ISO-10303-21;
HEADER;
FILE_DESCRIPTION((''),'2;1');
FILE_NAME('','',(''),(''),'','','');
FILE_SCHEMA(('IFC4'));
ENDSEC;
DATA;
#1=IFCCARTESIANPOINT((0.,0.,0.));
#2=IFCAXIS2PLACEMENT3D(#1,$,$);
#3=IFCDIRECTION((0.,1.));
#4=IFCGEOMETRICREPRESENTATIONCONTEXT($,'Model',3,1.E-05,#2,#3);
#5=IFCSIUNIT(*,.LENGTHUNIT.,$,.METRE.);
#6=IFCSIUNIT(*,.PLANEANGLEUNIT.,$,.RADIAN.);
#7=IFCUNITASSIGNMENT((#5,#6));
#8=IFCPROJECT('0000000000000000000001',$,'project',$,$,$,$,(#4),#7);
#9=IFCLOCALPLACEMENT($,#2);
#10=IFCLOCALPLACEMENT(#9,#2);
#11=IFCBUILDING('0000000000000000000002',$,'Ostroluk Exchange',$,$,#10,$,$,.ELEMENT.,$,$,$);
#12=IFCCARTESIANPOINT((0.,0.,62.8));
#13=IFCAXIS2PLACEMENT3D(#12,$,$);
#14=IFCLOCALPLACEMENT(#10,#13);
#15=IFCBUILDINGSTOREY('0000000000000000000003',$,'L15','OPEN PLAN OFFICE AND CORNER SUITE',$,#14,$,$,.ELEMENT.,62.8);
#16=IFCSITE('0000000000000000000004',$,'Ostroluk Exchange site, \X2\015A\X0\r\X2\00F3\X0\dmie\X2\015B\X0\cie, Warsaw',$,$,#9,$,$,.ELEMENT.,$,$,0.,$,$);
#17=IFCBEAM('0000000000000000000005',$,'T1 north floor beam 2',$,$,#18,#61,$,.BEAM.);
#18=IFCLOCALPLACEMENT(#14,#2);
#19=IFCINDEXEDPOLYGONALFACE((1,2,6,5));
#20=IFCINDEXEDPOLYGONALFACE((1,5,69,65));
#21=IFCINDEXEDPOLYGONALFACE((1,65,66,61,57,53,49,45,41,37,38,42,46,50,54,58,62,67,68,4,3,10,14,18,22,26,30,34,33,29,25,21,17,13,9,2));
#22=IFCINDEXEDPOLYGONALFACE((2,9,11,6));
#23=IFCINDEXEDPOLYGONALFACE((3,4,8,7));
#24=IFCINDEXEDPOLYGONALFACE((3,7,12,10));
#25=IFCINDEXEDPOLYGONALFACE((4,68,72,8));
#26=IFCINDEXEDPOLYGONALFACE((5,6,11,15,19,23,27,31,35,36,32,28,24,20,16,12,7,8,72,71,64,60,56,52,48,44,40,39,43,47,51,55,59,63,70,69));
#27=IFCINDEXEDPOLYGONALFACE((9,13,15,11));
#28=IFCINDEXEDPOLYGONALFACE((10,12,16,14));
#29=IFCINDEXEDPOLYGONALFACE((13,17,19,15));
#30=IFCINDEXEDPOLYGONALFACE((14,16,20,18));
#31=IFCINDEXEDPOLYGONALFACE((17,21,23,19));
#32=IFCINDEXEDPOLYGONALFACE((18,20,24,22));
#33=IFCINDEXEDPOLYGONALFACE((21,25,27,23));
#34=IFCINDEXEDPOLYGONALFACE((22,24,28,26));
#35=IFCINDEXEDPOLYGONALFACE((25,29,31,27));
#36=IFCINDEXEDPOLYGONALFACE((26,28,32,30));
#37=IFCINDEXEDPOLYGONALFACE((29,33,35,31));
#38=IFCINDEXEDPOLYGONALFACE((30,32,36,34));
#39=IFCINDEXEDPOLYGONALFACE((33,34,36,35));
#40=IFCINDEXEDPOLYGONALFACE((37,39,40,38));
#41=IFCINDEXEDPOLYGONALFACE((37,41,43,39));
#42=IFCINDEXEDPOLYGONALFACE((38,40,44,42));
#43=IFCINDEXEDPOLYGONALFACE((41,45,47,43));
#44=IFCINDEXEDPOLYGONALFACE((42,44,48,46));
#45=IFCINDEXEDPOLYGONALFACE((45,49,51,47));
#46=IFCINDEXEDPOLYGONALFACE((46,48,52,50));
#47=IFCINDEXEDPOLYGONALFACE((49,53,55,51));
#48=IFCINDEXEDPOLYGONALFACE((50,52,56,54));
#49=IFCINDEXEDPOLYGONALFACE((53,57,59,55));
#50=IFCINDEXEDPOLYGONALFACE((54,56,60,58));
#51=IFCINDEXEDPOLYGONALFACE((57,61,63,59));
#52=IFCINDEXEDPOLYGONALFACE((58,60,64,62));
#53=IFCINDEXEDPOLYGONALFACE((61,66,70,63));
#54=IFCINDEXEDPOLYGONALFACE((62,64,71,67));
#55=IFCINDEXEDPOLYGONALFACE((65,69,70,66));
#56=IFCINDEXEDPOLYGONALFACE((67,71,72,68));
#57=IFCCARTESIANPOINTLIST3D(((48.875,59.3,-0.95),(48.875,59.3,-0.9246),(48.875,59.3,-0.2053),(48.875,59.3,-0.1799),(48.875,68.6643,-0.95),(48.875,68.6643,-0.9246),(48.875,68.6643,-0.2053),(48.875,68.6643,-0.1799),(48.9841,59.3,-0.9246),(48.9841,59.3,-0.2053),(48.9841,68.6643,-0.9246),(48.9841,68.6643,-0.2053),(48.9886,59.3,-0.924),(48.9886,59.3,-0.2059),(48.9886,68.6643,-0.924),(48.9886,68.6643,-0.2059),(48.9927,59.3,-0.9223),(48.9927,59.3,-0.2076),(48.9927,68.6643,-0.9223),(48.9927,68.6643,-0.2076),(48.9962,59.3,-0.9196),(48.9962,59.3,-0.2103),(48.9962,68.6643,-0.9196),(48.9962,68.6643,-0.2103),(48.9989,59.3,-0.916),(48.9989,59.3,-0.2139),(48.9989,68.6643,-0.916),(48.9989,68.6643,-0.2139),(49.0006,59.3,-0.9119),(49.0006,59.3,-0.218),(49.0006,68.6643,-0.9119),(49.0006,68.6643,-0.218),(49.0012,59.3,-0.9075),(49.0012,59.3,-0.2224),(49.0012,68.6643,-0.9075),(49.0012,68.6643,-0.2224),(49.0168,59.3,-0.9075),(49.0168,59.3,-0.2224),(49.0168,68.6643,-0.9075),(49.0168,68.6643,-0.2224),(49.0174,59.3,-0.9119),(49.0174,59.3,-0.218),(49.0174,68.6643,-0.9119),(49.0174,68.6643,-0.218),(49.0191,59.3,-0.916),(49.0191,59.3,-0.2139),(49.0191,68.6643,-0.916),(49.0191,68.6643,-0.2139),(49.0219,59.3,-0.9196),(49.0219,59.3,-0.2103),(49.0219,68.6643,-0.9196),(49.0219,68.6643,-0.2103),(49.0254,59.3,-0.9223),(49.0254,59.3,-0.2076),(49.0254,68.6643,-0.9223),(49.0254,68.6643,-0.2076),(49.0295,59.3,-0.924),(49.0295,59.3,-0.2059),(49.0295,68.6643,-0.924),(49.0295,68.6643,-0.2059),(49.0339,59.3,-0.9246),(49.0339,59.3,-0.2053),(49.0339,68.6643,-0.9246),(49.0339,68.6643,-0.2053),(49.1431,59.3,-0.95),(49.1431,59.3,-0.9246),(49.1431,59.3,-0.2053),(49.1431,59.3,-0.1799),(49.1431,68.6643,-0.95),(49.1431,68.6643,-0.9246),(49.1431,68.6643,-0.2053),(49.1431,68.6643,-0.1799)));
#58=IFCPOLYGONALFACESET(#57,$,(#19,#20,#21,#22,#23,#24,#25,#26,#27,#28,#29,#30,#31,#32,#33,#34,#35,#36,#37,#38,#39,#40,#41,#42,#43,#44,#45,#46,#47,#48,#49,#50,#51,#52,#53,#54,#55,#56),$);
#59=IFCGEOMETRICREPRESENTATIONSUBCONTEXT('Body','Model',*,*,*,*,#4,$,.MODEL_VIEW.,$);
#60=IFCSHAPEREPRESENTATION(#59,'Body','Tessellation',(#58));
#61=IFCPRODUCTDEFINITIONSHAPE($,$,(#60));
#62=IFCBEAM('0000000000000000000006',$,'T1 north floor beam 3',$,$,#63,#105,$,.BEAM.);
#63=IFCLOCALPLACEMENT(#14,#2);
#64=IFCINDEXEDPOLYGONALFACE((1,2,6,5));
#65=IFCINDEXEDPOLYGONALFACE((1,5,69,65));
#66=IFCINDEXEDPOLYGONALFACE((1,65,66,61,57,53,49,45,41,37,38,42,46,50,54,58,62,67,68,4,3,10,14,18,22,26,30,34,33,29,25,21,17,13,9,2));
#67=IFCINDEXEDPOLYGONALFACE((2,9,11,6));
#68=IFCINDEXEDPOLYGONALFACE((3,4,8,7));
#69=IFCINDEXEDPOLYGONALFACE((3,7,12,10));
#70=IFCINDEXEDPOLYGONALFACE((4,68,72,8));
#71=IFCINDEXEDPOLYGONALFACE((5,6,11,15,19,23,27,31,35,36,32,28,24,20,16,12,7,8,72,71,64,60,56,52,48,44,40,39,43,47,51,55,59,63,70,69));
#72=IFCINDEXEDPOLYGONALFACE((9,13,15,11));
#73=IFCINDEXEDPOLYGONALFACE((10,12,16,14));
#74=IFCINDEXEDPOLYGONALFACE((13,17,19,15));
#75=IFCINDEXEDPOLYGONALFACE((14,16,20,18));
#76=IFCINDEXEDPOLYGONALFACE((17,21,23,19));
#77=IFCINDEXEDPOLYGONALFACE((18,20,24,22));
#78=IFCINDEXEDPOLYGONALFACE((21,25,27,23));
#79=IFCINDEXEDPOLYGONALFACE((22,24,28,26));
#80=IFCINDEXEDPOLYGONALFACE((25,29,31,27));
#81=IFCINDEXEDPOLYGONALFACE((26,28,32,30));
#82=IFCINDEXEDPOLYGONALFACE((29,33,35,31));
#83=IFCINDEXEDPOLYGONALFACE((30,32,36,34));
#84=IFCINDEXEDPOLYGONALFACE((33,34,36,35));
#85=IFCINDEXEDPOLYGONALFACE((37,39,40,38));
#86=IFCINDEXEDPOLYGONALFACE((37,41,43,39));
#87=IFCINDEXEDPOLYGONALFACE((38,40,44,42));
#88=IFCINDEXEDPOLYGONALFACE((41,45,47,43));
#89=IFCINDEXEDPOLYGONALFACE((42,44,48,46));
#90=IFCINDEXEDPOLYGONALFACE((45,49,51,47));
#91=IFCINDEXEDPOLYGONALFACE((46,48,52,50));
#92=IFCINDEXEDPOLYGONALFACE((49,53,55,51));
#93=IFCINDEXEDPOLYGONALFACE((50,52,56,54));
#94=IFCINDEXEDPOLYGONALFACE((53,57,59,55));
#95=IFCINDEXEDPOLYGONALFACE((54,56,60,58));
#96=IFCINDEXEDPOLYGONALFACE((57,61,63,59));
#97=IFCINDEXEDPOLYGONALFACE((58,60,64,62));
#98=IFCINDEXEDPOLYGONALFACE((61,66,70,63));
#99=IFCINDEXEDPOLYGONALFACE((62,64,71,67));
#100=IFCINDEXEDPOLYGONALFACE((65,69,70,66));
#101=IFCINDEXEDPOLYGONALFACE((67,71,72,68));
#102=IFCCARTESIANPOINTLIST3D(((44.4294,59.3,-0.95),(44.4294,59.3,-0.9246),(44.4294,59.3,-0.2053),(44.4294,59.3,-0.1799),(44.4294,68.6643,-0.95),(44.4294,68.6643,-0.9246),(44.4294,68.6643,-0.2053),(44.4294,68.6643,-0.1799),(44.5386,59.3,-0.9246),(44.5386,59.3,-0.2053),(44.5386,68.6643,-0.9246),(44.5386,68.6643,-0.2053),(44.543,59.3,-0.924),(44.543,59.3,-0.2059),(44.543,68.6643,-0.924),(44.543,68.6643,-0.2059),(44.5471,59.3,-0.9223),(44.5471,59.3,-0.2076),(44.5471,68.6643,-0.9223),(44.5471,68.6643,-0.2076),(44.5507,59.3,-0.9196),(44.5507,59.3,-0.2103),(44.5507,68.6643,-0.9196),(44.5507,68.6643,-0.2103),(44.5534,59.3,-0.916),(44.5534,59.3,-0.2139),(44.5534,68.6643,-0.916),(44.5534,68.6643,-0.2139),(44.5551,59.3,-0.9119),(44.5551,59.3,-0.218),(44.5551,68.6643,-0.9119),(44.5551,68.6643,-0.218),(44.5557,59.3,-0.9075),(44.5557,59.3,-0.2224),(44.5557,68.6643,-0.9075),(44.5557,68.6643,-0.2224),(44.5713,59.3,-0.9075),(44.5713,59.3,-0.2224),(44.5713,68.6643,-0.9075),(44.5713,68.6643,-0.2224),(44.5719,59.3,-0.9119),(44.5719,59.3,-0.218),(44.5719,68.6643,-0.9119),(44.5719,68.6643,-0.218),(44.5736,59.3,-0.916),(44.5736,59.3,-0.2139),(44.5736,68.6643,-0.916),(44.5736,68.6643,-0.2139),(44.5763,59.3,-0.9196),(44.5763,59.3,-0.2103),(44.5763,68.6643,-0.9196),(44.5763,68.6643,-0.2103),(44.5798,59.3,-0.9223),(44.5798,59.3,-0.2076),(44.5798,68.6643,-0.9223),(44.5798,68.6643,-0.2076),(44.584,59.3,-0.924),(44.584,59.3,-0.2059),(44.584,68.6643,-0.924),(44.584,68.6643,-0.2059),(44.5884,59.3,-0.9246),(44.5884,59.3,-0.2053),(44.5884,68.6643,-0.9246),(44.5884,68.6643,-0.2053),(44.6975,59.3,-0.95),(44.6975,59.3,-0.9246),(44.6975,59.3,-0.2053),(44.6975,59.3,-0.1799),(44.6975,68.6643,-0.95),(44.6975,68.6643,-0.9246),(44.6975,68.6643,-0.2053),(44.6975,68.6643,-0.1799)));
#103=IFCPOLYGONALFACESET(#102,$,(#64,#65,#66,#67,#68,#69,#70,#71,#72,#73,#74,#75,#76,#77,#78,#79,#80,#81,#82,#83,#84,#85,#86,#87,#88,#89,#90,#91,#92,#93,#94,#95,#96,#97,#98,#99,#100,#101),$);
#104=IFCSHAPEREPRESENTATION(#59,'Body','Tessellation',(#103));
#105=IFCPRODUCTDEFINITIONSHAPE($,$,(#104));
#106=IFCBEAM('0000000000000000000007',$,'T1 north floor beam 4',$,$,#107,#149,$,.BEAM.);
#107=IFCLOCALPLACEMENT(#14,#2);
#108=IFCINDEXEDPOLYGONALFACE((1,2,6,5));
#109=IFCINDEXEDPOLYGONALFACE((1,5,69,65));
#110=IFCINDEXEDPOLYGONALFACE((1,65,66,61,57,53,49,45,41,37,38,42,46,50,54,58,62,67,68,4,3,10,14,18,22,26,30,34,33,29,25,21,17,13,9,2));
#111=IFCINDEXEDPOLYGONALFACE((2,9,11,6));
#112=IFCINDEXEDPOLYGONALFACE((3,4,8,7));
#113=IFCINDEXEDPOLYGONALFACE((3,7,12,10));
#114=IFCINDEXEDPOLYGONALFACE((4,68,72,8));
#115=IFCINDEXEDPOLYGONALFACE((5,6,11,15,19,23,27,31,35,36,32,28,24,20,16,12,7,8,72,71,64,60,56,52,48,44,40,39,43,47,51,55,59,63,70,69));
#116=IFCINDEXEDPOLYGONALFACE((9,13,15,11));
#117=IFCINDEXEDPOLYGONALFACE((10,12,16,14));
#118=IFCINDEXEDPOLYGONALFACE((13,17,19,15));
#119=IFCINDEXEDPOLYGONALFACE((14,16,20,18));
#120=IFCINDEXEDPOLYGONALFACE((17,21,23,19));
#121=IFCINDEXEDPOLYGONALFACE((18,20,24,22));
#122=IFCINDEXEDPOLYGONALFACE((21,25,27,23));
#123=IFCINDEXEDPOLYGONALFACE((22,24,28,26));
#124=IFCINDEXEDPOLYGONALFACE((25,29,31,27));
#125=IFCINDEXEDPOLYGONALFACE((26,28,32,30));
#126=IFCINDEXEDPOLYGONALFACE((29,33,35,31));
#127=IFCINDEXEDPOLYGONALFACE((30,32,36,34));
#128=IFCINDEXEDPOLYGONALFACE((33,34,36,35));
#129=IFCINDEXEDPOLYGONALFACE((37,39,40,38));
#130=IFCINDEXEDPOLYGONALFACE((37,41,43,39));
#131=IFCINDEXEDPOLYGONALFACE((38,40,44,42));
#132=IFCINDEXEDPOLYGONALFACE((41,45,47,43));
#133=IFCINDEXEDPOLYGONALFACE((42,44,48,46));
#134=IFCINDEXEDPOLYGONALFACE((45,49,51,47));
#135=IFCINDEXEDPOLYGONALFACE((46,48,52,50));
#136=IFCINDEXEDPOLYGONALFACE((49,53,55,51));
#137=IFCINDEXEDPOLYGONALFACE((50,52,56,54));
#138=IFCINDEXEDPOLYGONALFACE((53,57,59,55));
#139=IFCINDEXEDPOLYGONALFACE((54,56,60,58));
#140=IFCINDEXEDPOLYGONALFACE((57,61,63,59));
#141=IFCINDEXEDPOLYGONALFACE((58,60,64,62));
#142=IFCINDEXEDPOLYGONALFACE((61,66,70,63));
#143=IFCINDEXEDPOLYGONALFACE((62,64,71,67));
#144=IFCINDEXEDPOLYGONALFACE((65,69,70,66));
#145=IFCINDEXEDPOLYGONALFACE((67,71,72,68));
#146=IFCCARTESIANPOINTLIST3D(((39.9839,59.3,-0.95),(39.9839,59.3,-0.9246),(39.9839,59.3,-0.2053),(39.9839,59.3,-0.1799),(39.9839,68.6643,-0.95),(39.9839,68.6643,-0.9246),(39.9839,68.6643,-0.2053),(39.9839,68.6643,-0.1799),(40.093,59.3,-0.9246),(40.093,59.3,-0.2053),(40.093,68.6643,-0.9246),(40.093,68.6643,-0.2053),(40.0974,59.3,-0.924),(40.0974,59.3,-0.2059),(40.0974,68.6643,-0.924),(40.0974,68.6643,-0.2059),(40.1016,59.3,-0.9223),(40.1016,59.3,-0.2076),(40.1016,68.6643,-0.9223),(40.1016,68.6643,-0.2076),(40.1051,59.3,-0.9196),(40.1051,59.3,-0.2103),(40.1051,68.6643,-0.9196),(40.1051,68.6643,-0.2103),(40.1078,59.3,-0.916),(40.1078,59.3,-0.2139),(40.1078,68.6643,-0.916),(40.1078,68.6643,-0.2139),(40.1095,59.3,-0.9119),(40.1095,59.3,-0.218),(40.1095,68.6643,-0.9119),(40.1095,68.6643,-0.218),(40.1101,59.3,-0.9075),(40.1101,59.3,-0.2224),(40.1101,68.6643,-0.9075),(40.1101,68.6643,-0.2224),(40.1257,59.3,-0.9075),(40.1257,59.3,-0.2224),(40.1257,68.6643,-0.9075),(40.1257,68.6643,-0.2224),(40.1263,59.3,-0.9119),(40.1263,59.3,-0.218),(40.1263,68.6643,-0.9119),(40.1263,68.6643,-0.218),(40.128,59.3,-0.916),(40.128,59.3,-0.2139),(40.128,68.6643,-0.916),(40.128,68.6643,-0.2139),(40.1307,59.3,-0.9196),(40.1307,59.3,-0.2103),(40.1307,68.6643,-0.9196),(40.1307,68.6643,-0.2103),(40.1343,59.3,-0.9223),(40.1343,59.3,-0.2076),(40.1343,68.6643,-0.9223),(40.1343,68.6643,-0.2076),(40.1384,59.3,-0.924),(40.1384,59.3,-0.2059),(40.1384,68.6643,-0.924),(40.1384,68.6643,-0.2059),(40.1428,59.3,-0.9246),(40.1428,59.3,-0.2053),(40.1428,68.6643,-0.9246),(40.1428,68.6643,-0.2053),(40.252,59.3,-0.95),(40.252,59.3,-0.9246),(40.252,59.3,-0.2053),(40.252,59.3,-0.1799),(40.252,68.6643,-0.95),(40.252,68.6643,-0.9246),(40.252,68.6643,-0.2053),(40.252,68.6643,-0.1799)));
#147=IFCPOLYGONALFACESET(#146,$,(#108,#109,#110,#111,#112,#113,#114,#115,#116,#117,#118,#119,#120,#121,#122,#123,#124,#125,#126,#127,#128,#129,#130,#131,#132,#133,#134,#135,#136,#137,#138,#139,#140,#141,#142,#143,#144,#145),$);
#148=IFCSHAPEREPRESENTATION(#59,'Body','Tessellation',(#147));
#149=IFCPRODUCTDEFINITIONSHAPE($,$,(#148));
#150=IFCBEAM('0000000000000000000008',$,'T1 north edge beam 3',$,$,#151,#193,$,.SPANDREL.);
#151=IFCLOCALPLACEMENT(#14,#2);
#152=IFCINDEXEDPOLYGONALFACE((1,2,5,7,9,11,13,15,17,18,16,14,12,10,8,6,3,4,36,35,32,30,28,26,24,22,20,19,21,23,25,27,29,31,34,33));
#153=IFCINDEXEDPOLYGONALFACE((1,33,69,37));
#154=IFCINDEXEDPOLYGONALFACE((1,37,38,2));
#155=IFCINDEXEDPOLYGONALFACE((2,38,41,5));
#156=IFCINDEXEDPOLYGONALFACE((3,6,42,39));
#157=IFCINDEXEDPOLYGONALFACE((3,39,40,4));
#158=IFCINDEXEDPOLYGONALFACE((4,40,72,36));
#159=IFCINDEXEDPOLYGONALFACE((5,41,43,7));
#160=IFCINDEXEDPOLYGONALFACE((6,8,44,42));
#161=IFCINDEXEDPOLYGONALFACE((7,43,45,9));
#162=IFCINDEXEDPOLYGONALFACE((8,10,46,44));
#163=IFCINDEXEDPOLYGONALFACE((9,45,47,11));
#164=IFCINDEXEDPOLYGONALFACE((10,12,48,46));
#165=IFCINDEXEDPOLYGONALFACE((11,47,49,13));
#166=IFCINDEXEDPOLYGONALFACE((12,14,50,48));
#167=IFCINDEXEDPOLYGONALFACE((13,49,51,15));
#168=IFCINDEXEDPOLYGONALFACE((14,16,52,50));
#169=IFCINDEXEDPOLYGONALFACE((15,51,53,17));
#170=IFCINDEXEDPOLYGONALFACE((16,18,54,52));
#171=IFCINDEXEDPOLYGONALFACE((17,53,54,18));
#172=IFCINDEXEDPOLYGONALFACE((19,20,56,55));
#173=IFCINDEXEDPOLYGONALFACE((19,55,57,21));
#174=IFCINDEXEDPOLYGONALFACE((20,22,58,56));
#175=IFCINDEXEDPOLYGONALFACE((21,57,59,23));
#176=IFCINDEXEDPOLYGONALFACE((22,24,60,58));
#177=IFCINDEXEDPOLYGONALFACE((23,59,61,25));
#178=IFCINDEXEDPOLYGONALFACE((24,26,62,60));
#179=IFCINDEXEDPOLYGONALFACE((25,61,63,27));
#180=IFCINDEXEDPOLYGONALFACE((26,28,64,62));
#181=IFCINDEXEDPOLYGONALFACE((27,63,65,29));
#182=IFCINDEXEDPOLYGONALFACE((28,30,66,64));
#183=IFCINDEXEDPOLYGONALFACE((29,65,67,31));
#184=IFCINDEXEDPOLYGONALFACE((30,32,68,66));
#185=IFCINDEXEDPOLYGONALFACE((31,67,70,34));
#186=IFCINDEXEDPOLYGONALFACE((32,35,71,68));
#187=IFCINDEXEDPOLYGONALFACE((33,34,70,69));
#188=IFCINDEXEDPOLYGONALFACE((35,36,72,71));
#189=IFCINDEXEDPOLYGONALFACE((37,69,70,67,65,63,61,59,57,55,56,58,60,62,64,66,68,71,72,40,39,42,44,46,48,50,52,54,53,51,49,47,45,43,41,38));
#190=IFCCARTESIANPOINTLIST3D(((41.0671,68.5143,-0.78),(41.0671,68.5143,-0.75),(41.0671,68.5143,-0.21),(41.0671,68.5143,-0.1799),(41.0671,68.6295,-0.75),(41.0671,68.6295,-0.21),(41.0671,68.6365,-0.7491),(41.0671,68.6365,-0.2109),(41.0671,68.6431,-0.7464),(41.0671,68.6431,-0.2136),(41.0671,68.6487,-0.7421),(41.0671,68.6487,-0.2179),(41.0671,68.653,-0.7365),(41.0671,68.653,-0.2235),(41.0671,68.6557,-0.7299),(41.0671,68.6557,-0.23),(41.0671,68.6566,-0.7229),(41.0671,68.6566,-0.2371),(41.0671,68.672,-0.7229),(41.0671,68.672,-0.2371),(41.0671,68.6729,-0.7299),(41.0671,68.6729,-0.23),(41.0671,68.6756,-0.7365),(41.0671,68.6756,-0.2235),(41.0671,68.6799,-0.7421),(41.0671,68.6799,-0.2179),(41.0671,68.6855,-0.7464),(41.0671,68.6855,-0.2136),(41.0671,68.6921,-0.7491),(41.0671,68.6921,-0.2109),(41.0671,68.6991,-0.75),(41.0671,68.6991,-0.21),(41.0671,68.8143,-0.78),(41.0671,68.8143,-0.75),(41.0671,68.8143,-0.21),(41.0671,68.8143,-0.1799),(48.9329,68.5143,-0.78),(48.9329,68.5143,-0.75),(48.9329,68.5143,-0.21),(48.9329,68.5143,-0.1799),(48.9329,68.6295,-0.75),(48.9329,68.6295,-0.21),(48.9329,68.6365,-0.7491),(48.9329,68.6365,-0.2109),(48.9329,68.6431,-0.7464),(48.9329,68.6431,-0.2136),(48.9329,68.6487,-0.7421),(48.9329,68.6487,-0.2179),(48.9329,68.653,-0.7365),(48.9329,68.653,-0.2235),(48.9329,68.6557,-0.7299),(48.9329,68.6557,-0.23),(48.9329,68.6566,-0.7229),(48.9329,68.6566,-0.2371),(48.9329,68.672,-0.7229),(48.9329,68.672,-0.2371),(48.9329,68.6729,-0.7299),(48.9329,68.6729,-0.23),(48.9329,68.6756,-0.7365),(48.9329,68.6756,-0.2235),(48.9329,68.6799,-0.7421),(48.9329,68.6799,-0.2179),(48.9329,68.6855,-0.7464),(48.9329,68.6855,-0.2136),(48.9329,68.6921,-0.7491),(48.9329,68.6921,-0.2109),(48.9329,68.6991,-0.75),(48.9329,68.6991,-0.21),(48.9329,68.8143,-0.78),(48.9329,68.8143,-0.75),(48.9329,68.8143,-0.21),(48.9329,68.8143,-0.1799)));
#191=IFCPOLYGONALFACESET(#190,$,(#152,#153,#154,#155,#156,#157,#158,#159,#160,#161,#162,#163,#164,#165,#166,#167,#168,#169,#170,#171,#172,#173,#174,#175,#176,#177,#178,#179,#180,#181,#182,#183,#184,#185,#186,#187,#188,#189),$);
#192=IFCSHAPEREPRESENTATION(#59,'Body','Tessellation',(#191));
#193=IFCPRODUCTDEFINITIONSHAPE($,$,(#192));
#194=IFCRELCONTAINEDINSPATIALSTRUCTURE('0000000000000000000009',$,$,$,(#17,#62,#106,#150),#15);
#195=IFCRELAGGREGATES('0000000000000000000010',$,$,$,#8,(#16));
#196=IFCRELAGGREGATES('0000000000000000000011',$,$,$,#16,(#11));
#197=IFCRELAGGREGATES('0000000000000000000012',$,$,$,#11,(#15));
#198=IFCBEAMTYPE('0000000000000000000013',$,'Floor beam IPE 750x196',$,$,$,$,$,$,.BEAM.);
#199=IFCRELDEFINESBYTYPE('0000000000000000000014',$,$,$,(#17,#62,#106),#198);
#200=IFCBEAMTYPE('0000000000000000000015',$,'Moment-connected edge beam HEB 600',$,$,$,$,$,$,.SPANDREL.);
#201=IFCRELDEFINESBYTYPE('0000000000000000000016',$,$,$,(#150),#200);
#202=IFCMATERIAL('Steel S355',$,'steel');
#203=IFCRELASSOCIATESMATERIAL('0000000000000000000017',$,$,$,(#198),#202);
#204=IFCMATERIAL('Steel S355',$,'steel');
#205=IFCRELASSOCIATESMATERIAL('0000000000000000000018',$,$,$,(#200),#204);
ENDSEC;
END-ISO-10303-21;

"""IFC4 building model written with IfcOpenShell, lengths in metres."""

from ifc_helpers import new_model, si_unit, direction, frame, origin, origin_2d, place, context, subcontext, project, spatial, i_section, extrude, material, material_profile, profile_set, type_object, element, save


model = new_model("IFC4")

# Units and contexts
model_context = context("Model", 3, precision=1e-05, world=origin(), true_north=direction((0.0, 1.0)))
body_context = subcontext(model_context, "Body", "Model", "MODEL_VIEW")
ifc_project = project(units=[si_unit("LENGTHUNIT", "METRE"), si_unit("PLANEANGLEUNIT", "RADIAN")], contexts=[model_context])

# Site, building, storey
site_placement = place(None, origin())
site = spatial("IfcSite", under=ifc_project, at=site_placement, Name="Ostroluk Exchange site, Śródmieście, Warsaw", CompositionType="ELEMENT", RefElevation=0.0)
building_placement = place(site_placement, origin())
building = spatial("IfcBuilding", under=site, at=building_placement, Name="Ostroluk Exchange", CompositionType="ELEMENT")
storey_placement = place(building_placement, frame((0.0, 0.0, 62.8)))
storey = spatial("IfcBuildingStorey", under=building, at=storey_placement, Name="L15", Description="OPEN PLAN OFFICE AND CORNER SUITE", CompositionType="ELEMENT", Elevation=62.8)

# Beams
ifc_material_1 = material(Name="Steel S355", Category="steel")
ifc_material_profile_1 = material_profile(ifc_material_1, i_section(OverallWidth=0.2681, OverallDepth=0.77, WebThickness=0.0156, FlangeThickness=0.0254, FilletRadius=0.0171, at=origin_2d()), Name="IPE 750x196")
ifc_profile_set_1 = profile_set([ifc_material_profile_1], Name="Steel S355")
beam_type_1 = type_object("IfcBeamType", Name="Floor beam IPE 750x196", PredefinedType="BEAM", material=ifc_profile_set_1)
for number, where, z_axis, x_axis, name in (
    (1, (49.009, 59.3, -0.5649), (0.0, 1.0, 0.0), (-1.0, 0.0, 0.0), "T1 north floor beam 2"),
    (2, (44.5635, 59.3, -0.5649), (0.0, 1.0, 0.0), (-1.0, 0.0, 0.0), "T1 north floor beam 3"),
    (3, (40.1179, 59.3, -0.5649), (0.0, 1.0, 0.0), (-1.0, 0.0, 0.0), "T1 north floor beam 4"),
):
    element("IfcBeam", number, at=place(storey_placement, frame(where, z_axis=z_axis, x_axis=x_axis)), inside=storey, type_object=beam_type_1, Name=name, PredefinedType="BEAM", context=body_context, shape_type="SweptSolid", body=[
        extrude(i_section(OverallWidth=0.2681, OverallDepth=0.77, WebThickness=0.0156, FlangeThickness=0.0254, FilletRadius=0.0171, at=origin_2d()), origin(), (0.0, 0.0, 1.0), 9.3643),
    ])
ifc_material_2 = material(Name="Steel S355", Category="steel")
ifc_material_profile_2 = material_profile(ifc_material_2, i_section(OverallWidth=0.3, OverallDepth=0.6001, WebThickness=0.0154, FlangeThickness=0.03, FilletRadius=0.0271, at=origin_2d()), Name="HEB 600")
ifc_profile_set_2 = profile_set([ifc_material_profile_2], Name="Steel S355")
beam_type_2 = type_object("IfcBeamType", Name="Moment-connected edge beam HEB 600", PredefinedType="SPANDREL", material=ifc_profile_set_2)
for number, where, z_axis, x_axis, name in (
    (4, (48.9329, 68.6643, -0.48), (-1.0, 0.0, 0.0), (0.0, -1.0, 0.0), "T1 north edge beam 3"),
):
    element("IfcBeam", number, at=place(storey_placement, frame(where, z_axis=z_axis, x_axis=x_axis)), inside=storey, type_object=beam_type_2, Name=name, PredefinedType="SPANDREL", context=body_context, shape_type="SweptSolid", body=[
        extrude(i_section(OverallWidth=0.3, OverallDepth=0.6001, WebThickness=0.0154, FlangeThickness=0.03, FilletRadius=0.0271, at=origin_2d()), origin(), (0.0, 0.0, 1.0), 7.8657),
    ])

save(model, "model.ifc")
